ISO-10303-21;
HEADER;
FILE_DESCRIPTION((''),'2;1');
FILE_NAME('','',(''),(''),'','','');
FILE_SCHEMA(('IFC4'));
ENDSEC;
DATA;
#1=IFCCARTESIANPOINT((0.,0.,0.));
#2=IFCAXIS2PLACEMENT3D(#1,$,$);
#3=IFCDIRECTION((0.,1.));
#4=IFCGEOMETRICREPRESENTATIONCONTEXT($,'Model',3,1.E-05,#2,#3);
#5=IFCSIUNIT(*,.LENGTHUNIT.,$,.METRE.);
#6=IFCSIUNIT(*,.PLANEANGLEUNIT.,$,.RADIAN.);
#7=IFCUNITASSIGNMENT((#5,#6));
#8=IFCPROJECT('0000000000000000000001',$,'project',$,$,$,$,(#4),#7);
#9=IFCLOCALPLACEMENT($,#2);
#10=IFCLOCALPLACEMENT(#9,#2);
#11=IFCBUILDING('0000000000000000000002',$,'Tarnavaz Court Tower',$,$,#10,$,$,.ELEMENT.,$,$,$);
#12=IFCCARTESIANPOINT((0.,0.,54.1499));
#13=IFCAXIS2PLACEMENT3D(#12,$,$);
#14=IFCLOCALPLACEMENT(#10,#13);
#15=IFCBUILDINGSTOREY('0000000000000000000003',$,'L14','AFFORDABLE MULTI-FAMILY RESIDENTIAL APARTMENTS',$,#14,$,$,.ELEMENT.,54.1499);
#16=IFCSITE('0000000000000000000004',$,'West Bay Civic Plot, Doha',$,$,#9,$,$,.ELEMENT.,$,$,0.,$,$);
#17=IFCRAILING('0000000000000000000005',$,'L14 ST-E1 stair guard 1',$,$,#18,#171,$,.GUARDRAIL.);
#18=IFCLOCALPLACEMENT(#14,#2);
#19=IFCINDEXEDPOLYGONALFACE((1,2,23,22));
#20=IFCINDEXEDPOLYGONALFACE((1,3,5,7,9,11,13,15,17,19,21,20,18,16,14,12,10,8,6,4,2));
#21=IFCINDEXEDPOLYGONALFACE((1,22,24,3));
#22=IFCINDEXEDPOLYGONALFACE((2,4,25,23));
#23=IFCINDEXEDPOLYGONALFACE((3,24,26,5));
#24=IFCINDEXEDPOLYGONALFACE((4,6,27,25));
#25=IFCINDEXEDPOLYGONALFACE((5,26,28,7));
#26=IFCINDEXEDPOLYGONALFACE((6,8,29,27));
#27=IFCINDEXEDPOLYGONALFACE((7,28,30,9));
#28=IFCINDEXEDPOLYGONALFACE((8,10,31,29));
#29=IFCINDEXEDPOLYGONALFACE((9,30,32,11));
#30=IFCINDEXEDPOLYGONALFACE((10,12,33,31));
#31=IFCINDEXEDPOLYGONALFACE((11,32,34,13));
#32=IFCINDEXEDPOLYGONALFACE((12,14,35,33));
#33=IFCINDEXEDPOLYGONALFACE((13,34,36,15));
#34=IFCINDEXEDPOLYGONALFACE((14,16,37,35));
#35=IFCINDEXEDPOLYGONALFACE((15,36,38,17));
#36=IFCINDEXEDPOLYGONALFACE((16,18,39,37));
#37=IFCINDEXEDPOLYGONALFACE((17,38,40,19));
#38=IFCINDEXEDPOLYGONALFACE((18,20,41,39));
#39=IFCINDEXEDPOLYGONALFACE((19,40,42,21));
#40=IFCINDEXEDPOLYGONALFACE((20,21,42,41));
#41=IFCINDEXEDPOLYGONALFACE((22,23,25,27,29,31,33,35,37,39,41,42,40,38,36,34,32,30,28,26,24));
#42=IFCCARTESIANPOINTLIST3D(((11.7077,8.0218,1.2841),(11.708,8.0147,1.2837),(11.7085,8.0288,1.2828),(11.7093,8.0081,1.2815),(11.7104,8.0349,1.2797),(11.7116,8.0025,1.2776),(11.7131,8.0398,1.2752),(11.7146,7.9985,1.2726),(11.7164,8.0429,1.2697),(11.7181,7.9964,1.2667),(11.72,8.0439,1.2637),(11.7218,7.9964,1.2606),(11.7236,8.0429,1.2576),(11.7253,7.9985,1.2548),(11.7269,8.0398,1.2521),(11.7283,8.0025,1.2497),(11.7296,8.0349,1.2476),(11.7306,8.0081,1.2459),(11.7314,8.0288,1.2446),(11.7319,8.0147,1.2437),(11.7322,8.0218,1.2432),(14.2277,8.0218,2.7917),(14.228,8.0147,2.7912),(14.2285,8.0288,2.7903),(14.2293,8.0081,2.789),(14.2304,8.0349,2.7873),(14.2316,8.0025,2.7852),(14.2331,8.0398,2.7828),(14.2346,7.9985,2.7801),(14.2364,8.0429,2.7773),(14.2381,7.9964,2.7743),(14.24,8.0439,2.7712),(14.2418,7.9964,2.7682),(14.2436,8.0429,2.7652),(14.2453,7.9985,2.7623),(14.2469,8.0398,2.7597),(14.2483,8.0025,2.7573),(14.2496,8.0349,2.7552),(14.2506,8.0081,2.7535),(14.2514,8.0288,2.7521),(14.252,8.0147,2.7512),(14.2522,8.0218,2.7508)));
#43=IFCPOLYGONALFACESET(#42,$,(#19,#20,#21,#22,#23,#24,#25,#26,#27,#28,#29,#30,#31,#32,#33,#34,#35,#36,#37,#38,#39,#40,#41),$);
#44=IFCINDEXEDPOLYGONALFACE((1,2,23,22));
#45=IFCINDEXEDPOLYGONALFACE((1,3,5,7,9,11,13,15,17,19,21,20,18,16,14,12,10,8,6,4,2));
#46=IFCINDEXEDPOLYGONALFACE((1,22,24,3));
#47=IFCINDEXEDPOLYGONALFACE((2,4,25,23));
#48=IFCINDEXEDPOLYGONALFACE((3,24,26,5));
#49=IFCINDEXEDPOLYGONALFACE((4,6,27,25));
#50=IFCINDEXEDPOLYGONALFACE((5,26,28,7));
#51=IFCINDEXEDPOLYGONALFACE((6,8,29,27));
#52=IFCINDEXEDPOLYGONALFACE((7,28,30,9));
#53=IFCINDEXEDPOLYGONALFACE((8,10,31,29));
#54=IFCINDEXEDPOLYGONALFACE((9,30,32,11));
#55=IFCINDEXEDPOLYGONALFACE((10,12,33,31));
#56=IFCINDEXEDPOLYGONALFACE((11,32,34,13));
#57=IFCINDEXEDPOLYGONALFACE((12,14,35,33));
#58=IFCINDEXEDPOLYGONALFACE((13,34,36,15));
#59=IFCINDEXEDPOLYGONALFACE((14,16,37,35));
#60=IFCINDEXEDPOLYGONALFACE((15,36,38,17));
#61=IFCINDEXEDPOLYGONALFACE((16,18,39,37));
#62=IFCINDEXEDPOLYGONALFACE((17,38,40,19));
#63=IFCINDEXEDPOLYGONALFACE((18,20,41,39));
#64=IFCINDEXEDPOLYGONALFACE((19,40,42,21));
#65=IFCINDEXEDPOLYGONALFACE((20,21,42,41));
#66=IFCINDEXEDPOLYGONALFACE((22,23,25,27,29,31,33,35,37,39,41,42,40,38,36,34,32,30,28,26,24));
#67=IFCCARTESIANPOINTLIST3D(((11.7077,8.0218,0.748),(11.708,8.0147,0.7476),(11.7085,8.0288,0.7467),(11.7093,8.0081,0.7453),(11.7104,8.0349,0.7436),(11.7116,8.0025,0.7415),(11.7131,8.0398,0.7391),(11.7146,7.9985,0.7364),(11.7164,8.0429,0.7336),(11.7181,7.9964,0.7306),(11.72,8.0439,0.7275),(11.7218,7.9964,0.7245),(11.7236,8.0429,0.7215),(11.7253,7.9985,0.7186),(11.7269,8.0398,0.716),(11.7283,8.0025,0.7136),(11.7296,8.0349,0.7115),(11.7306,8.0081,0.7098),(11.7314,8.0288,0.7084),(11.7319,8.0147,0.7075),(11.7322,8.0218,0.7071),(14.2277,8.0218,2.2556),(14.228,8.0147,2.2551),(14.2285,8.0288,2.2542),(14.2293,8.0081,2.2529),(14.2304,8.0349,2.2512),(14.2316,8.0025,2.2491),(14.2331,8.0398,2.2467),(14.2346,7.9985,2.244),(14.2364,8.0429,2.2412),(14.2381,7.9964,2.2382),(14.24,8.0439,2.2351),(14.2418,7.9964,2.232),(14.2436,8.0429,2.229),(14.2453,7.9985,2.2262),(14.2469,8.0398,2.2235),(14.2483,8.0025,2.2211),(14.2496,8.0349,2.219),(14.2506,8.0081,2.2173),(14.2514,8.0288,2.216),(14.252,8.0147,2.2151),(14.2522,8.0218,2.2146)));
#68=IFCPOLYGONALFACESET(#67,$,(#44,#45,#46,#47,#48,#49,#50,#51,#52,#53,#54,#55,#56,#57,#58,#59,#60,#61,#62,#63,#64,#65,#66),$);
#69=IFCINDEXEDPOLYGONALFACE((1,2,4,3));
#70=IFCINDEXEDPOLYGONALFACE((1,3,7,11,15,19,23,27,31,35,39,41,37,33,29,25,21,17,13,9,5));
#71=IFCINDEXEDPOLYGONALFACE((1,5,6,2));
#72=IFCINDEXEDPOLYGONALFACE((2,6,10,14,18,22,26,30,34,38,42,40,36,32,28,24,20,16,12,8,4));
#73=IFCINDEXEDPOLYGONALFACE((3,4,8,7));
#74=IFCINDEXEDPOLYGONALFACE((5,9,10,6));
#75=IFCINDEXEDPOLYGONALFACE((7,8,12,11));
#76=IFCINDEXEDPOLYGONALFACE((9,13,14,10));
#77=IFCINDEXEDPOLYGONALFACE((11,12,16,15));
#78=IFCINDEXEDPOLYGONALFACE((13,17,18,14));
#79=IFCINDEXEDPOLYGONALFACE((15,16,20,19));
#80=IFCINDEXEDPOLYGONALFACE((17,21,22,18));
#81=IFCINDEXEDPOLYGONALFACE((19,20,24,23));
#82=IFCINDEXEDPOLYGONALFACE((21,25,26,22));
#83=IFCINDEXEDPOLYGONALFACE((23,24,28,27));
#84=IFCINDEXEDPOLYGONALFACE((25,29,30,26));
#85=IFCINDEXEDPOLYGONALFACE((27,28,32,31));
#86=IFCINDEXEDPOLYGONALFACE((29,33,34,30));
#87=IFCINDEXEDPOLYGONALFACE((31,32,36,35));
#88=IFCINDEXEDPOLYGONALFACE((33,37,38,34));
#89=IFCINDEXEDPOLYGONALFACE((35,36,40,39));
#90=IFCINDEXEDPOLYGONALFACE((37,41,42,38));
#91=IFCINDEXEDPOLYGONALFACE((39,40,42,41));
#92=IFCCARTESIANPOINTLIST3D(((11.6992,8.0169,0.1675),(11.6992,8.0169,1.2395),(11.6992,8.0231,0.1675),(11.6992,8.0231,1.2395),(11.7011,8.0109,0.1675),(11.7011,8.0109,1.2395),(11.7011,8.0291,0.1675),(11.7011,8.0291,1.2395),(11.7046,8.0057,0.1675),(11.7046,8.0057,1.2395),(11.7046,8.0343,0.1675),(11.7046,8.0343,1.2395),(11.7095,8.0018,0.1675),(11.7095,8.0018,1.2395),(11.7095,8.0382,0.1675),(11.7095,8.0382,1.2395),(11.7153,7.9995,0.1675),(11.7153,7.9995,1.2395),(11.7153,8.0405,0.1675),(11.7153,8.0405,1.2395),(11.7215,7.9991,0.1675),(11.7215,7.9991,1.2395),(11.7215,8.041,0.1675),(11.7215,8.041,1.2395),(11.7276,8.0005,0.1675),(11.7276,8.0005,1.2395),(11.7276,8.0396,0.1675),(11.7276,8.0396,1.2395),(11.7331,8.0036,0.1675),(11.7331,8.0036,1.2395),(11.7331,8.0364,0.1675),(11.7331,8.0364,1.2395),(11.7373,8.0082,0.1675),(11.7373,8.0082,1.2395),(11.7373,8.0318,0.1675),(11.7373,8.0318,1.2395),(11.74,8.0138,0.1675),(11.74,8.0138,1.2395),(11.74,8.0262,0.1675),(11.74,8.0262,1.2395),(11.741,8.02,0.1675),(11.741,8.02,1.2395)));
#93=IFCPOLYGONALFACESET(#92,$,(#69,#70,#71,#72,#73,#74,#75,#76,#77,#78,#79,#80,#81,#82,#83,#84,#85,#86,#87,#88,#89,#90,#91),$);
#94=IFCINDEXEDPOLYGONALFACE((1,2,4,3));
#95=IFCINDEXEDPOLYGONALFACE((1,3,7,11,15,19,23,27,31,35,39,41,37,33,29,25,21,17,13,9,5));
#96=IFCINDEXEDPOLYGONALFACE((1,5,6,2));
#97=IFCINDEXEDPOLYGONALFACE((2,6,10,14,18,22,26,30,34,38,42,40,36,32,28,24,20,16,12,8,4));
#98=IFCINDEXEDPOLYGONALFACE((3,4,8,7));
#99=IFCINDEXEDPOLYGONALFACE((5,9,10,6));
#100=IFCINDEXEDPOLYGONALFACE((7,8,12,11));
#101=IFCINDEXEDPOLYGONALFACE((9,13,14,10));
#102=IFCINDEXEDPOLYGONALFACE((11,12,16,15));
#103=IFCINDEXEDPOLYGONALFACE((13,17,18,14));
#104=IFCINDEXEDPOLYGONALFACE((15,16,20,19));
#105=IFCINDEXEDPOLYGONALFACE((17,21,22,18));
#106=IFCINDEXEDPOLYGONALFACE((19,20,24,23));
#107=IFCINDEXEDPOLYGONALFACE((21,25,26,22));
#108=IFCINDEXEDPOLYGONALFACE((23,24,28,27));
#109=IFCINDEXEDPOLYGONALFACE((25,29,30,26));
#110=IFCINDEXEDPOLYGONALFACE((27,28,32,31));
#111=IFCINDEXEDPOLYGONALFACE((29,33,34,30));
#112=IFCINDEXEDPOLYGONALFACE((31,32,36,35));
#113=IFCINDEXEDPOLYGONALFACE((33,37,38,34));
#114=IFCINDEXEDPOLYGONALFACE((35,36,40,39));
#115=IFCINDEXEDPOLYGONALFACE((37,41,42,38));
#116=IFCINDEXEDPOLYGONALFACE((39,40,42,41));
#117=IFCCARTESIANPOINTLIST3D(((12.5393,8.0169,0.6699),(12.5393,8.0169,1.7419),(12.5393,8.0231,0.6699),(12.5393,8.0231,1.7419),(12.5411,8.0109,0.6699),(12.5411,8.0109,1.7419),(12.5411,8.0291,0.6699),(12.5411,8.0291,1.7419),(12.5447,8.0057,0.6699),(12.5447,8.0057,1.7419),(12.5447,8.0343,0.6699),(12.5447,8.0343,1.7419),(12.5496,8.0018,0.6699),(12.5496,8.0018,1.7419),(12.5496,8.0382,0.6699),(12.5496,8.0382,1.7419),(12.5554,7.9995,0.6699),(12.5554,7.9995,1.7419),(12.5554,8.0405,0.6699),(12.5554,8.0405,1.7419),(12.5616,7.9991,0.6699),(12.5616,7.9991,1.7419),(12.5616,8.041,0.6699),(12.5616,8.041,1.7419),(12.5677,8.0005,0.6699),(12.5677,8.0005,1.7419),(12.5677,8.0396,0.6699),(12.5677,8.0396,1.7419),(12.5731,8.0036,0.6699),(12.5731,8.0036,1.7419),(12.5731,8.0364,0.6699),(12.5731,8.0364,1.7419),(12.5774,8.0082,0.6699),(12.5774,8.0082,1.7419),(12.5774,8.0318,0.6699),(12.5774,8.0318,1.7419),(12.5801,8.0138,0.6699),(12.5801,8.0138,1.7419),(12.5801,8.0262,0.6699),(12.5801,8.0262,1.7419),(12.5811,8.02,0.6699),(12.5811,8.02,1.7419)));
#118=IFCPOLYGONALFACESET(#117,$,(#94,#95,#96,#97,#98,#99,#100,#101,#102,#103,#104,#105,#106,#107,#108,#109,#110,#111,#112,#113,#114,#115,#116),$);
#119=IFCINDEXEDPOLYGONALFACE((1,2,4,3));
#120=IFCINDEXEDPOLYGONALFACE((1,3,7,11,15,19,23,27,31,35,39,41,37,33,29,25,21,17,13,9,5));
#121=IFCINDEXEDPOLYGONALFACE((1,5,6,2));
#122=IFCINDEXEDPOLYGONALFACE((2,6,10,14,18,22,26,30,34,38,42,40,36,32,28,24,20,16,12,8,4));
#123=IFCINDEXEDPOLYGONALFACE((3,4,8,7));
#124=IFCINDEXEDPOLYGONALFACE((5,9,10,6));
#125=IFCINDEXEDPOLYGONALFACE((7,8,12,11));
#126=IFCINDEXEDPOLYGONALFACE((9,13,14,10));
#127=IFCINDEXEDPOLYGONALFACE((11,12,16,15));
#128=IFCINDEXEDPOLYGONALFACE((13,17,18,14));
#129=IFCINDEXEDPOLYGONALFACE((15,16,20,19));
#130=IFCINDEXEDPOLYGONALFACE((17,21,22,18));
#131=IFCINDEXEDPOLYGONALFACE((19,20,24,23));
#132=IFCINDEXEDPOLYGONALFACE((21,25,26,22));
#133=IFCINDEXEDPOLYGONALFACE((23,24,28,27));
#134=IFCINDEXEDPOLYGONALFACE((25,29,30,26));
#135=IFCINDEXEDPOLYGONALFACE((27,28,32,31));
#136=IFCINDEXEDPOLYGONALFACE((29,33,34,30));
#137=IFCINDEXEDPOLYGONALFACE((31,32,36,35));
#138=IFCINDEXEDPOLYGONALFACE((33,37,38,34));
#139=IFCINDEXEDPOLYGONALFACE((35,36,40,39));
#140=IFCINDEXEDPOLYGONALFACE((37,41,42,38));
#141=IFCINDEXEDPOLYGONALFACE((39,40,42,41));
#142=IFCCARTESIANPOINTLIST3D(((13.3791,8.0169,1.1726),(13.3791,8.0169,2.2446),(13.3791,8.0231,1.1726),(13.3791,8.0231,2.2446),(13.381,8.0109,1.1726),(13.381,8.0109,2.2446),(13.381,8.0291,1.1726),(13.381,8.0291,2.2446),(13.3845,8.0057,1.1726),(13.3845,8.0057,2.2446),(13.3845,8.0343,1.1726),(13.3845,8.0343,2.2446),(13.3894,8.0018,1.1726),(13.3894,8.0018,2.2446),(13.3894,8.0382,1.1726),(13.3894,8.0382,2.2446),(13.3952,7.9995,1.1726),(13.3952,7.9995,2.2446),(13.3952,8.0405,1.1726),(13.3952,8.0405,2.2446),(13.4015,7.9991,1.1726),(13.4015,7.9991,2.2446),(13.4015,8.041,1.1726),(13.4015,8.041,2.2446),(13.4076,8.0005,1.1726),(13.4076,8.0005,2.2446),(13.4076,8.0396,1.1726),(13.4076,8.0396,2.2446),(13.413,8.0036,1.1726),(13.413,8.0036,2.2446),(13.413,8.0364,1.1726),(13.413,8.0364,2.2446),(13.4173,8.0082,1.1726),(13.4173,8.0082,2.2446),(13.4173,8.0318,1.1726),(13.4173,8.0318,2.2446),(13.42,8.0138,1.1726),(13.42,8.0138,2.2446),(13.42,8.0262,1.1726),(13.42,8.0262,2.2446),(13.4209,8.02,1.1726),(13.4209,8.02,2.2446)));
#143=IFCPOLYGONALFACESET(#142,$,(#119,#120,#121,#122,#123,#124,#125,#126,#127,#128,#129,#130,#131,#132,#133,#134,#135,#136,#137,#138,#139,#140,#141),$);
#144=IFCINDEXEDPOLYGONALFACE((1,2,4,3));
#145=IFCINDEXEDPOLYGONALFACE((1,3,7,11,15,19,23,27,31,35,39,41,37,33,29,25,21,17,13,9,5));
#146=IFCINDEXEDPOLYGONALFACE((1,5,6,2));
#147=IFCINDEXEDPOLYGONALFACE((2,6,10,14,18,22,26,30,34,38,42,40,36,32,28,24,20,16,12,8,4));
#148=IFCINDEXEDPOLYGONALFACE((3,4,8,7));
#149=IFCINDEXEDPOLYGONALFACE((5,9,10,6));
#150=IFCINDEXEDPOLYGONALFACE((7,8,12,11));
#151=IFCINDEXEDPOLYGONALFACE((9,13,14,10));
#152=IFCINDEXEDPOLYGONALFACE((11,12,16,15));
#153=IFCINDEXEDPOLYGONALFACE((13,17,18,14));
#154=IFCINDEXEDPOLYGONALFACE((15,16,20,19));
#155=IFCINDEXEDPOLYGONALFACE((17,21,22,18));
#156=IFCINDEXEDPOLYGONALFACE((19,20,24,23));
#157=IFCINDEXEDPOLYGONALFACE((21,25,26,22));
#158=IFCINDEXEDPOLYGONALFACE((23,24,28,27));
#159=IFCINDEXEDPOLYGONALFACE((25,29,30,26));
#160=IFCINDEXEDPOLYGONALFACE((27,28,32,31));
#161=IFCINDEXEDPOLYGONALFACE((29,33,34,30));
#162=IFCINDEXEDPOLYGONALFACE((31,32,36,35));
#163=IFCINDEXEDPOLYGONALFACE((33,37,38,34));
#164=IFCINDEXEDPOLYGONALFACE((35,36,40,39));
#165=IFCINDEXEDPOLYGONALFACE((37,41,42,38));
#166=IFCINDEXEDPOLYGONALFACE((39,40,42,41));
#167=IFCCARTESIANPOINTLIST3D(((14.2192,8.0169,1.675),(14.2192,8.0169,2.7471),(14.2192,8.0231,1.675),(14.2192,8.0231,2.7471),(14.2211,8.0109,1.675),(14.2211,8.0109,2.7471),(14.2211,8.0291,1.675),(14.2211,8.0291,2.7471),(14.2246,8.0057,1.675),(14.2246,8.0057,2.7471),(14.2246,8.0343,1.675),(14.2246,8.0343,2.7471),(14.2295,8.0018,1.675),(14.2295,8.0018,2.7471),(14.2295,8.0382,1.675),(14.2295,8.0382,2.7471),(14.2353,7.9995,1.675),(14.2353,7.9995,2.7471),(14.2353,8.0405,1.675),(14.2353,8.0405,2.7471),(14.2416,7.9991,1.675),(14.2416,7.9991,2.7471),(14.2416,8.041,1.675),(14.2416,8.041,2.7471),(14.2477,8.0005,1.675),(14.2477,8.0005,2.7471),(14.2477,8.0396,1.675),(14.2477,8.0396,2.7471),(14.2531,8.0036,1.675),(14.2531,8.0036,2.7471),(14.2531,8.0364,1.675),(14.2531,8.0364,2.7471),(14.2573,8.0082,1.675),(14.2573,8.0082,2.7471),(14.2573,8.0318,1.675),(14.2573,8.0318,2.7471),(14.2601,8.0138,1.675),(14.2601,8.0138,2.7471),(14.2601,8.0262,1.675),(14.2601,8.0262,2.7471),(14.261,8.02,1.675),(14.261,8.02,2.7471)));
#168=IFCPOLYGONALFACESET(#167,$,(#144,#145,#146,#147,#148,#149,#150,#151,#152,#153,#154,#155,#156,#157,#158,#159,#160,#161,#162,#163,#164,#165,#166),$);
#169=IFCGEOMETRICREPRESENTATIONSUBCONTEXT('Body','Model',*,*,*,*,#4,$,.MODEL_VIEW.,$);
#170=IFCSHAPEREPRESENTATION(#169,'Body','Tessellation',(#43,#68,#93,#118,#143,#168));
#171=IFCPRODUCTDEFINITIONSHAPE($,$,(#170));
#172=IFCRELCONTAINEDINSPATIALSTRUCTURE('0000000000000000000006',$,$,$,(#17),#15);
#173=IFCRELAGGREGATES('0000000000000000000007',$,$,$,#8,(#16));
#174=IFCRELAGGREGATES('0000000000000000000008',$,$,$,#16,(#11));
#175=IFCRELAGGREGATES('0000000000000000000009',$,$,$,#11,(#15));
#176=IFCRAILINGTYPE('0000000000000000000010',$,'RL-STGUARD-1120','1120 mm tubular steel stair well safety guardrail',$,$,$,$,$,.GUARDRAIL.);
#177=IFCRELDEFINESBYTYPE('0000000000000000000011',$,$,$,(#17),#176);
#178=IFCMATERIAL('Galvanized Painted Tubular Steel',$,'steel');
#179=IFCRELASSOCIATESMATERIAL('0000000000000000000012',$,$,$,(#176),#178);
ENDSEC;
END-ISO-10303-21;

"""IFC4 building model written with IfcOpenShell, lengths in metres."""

from ifc_helpers import new_model, si_unit, direction, frame, origin, origin_2d, place, context, subcontext, project, spatial, circle, extrude, material, type_object, element, save


model = new_model("IFC4")

# Units and contexts
model_context = context("Model", 3, precision=1e-05, world=origin(), true_north=direction((0.0, 1.0)))
body_context = subcontext(model_context, "Body", "Model", "MODEL_VIEW")
ifc_project = project(units=[si_unit("LENGTHUNIT", "METRE"), si_unit("PLANEANGLEUNIT", "RADIAN")], contexts=[model_context])

# Site, building, storey
site_placement = place(None, origin())
site = spatial("IfcSite", under=ifc_project, at=site_placement, Name="West Bay Civic Plot, Doha", CompositionType="ELEMENT", RefElevation=0.0)
building_placement = place(site_placement, origin())
building = spatial("IfcBuilding", under=site, at=building_placement, Name="Tarnavaz Court Tower", CompositionType="ELEMENT")
storey_placement = place(building_placement, frame((0.0, 0.0, 54.1499)))
storey = spatial("IfcBuildingStorey", under=building, at=storey_placement, Name="L14", Description="AFFORDABLE MULTI-FAMILY RESIDENTIAL APARTMENTS", CompositionType="ELEMENT", Elevation=54.1499)

# Railing
ifc_material_1 = material(Name="Galvanized Painted Tubular Steel", Category="steel")
railing_type_1 = type_object("IfcRailingType", Name="RL-STGUARD-1120", Description="1120 mm tubular steel stair well safety guardrail", PredefinedType="GUARDRAIL", material=ifc_material_1)
railing_1_placement = place(storey_placement, frame((11.72, 8.02, 0.1675)))
element("IfcRailing", 1, at=railing_1_placement, inside=storey, type_object=railing_type_1, Name="L14 ST-E1 stair guard 1", PredefinedType="GUARDRAIL", context=body_context, shape_type="SweptSolid", body=[
    extrude(circle(Radius=0.0239, at=origin_2d()), frame((0.0, 0.0, 1.0962), z_axis=(0.85816, 0.0, 0.513383), x_axis=(0.0, 1.0, 0.0)), (0.0, 0.0, 1.0), 2.9365),
    extrude(circle(Radius=0.0239, at=origin_2d()), frame((0.0, 0.0, 0.5601), z_axis=(0.85816, 0.0, 0.513383), x_axis=(0.0, 1.0, 0.0)), (0.0, 0.0, 1.0), 2.9365),
    extrude(circle(Radius=0.021, at=origin_2d()), origin(), (0.0, 0.0, 1.0), 1.072),
    extrude(circle(Radius=0.021, at=origin_2d()), frame((0.8401, 0.0, 0.5024)), (0.0, 0.0, 1.0), 1.072),
    extrude(circle(Radius=0.021, at=origin_2d()), frame((1.6799, 0.0, 1.0051)), (0.0, 0.0, 1.0), 1.072),
    extrude(circle(Radius=0.021, at=origin_2d()), frame((2.52, 0.0, 1.5076)), (0.0, 0.0, 1.0), 1.072),
])

save(model, "model.ifc")
